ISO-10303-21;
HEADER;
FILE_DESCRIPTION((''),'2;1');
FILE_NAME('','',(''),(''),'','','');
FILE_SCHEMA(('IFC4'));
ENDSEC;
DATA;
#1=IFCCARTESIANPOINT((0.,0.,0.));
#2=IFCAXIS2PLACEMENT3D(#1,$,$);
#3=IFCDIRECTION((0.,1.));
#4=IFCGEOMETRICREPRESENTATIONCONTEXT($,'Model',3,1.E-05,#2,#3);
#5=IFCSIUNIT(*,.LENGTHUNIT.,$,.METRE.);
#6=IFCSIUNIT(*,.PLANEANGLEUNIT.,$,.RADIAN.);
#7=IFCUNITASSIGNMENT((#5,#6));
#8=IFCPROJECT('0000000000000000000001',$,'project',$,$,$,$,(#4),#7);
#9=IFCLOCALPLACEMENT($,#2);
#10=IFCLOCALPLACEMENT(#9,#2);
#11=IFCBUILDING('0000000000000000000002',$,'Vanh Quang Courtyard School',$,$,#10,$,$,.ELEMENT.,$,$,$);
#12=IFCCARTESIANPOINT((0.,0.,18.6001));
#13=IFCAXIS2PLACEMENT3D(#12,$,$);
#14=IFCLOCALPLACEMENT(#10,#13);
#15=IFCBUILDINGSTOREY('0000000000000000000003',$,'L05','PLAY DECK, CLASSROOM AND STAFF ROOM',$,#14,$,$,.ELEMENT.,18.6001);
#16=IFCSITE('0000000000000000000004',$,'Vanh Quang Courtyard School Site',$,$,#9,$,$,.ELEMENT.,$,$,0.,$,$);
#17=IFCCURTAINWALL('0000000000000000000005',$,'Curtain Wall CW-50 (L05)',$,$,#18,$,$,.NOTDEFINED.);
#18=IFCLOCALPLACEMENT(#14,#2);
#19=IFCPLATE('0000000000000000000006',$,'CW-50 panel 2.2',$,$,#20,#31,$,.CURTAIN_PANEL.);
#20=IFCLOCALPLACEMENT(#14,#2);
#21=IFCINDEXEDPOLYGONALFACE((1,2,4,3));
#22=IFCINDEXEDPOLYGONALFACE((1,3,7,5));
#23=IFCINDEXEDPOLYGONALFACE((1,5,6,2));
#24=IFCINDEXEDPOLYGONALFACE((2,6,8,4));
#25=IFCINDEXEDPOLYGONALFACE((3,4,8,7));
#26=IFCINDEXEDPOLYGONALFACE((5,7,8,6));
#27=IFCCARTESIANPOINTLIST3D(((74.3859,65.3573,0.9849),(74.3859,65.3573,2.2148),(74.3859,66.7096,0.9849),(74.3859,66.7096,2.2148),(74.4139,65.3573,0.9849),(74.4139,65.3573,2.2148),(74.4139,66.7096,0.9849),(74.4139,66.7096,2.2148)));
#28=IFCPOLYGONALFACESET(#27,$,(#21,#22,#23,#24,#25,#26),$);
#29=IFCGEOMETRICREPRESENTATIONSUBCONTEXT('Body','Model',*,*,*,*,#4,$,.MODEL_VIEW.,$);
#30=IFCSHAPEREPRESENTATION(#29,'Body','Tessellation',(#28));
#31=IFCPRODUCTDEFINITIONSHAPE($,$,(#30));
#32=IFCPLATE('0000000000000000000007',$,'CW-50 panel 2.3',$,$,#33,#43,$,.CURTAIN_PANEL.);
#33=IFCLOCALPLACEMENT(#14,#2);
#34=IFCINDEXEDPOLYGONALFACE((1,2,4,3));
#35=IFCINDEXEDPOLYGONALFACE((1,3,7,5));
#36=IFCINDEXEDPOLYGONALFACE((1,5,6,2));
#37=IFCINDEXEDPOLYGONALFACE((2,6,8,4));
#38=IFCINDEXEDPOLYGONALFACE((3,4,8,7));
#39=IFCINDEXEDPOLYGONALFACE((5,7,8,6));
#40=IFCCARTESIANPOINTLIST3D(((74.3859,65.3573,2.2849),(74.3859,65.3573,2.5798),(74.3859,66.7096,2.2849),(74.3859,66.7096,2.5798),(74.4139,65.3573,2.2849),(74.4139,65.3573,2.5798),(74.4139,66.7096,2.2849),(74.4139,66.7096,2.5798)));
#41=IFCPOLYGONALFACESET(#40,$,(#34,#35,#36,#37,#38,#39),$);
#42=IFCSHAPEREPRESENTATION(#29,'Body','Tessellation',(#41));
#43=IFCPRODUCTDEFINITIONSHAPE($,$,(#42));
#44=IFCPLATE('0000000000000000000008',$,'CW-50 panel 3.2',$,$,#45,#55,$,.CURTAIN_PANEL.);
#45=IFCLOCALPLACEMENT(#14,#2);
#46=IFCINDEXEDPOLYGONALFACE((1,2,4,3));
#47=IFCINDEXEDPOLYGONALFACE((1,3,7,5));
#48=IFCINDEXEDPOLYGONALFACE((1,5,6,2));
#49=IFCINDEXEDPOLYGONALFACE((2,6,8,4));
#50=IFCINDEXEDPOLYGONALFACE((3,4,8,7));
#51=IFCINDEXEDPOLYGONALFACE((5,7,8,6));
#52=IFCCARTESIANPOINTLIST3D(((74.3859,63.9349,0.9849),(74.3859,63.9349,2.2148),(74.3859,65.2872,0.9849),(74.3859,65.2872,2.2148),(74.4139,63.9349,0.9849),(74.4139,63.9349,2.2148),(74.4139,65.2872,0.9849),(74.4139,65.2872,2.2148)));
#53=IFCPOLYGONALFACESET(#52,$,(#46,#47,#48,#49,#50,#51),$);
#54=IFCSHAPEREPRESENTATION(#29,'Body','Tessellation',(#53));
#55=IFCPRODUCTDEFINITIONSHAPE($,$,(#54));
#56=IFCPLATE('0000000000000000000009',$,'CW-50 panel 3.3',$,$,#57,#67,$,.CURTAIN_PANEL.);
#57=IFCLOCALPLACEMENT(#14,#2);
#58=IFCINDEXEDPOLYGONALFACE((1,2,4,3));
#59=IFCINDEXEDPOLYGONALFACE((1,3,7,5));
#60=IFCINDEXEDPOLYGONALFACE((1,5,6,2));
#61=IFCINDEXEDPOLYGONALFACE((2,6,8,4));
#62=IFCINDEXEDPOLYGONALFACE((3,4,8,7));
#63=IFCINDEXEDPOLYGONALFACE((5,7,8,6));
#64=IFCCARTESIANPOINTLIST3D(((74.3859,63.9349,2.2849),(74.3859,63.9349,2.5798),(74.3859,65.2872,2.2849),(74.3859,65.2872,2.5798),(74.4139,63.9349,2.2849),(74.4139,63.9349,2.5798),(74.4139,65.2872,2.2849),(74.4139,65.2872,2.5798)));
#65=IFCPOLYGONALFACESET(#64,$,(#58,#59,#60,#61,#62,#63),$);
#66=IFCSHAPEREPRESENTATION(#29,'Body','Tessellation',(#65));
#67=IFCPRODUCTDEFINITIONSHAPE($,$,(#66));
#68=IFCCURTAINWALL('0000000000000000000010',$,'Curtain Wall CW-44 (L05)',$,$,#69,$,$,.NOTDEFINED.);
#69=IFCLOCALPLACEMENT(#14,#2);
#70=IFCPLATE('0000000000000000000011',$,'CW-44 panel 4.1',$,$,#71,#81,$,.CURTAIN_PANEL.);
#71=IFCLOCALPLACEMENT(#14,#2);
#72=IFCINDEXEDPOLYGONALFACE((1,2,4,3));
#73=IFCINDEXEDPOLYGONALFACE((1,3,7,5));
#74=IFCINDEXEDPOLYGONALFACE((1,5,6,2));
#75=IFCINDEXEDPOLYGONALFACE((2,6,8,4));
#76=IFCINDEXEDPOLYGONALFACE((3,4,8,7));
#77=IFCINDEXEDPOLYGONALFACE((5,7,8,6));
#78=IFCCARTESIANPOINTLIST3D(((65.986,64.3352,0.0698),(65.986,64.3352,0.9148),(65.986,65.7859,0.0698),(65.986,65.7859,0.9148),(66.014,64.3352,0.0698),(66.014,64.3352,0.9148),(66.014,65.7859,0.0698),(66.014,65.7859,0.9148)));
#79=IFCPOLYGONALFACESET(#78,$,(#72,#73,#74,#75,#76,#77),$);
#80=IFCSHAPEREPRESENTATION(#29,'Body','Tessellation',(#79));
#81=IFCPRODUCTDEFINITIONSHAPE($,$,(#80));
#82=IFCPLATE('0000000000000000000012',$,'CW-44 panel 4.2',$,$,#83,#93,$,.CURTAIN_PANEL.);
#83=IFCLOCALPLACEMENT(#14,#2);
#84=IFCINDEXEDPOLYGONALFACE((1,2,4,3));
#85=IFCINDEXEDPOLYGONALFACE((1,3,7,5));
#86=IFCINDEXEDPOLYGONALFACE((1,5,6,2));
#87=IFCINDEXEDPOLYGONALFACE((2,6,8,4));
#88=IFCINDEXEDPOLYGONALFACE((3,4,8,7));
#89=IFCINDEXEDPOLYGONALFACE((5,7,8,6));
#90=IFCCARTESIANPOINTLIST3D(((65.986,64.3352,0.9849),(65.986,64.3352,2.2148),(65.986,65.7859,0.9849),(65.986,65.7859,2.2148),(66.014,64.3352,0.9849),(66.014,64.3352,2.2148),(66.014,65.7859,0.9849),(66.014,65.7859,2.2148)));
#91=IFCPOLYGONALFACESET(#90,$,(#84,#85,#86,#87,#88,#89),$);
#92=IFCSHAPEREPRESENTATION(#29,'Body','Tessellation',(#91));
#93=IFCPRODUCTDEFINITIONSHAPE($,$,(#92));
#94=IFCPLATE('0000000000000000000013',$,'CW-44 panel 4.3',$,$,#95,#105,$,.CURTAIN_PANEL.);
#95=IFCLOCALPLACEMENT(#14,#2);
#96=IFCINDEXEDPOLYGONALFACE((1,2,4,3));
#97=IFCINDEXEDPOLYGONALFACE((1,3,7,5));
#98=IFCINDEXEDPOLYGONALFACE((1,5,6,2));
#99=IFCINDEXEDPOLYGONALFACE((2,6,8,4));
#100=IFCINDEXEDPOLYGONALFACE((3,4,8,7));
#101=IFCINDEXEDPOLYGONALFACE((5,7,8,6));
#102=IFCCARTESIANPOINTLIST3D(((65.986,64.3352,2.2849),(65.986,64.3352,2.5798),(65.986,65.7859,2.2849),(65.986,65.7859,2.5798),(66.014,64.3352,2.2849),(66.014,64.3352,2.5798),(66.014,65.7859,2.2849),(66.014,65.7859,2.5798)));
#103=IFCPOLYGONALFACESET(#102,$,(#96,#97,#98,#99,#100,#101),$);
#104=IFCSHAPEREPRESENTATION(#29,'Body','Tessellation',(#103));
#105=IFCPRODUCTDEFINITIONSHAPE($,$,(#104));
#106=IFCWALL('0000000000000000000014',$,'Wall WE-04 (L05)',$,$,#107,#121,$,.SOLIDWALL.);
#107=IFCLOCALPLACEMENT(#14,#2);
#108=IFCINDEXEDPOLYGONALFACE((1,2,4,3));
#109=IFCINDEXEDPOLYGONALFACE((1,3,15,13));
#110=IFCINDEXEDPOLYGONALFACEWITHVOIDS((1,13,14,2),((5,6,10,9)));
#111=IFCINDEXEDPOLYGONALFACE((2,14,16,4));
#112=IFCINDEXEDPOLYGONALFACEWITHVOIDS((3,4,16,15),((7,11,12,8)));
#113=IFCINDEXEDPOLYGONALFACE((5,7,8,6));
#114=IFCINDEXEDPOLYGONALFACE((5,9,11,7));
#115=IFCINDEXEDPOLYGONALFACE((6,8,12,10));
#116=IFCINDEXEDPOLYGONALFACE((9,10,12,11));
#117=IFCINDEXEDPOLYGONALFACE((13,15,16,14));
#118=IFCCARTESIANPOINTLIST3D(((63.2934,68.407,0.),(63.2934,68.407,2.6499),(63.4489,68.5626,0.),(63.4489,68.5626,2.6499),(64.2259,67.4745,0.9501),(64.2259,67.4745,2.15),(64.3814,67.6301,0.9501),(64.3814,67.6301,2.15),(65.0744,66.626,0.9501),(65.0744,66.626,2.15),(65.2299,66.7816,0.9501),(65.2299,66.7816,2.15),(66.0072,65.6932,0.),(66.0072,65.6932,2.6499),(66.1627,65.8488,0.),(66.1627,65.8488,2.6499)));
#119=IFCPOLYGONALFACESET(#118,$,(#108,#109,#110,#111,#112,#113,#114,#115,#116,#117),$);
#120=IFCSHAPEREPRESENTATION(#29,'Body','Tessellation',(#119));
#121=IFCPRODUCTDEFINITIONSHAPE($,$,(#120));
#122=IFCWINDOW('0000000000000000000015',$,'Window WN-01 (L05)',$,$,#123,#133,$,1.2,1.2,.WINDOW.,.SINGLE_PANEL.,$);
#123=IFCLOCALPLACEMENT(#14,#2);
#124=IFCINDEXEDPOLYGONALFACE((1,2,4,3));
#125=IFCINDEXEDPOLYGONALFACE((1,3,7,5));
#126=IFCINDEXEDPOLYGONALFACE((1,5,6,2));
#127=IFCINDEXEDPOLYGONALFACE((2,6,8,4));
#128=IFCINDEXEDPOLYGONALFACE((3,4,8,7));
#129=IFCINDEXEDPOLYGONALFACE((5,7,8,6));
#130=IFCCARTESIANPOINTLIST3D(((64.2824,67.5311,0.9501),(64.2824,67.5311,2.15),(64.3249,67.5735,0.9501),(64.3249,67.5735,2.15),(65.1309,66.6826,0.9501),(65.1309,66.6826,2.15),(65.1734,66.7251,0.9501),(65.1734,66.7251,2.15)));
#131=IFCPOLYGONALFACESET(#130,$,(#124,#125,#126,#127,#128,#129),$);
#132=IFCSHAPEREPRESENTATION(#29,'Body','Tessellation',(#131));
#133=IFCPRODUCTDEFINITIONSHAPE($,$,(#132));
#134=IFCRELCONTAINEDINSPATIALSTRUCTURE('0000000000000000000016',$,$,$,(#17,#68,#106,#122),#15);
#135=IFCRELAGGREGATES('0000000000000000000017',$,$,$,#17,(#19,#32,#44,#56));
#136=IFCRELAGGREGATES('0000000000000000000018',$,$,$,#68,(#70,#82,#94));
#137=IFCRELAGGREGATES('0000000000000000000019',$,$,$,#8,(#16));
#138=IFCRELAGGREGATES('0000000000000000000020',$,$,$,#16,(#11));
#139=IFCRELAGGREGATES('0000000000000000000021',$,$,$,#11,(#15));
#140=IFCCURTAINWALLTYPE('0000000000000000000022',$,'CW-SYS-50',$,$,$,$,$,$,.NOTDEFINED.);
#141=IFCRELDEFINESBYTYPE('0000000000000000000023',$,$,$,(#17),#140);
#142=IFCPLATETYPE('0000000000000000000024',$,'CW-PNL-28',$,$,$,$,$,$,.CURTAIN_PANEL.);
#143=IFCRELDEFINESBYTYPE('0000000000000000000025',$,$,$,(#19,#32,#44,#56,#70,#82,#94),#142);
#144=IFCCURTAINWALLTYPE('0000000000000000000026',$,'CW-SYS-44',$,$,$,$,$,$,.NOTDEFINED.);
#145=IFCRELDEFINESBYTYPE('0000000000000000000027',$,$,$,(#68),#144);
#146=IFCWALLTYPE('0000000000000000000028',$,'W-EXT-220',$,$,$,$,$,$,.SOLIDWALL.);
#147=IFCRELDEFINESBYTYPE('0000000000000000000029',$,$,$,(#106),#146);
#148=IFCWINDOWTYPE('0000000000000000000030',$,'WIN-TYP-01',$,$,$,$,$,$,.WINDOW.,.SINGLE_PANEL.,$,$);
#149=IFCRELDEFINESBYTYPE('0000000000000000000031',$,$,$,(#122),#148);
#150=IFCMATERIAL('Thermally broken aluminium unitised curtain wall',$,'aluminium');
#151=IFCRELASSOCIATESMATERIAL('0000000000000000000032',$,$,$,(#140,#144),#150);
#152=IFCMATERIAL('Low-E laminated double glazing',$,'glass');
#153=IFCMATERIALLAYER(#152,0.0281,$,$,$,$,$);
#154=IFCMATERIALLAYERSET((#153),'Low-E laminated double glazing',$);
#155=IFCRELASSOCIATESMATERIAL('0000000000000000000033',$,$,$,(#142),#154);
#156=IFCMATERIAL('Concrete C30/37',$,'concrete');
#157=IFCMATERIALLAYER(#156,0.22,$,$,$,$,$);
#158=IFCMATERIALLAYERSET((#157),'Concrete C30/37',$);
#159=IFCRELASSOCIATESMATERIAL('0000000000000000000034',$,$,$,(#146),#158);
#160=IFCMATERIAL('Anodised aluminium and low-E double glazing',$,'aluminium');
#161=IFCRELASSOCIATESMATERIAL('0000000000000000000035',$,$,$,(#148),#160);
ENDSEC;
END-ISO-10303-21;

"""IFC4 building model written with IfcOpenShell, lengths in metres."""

from ifc_helpers import new_model, si_unit, direction, frame, frame_2d, origin, origin_2d, place, context, subcontext, project, spatial, rectangle, extrude, material, layer, layer_set, type_object, element, fill, aggregate, save


model = new_model("IFC4")

# Units and contexts
model_context = context("Model", 3, precision=1e-05, world=origin(), true_north=direction((0.0, 1.0)))
body_context = subcontext(model_context, "Body", "Model", "MODEL_VIEW")
ifc_project = project(units=[si_unit("LENGTHUNIT", "METRE"), si_unit("PLANEANGLEUNIT", "RADIAN")], contexts=[model_context])

# Site, building, storey
site_placement = place(None, origin())
site = spatial("IfcSite", under=ifc_project, at=site_placement, Name="Vanh Quang Courtyard School Site", CompositionType="ELEMENT", RefElevation=0.0)
building_placement = place(site_placement, origin())
building = spatial("IfcBuilding", under=site, at=building_placement, Name="Vanh Quang Courtyard School", CompositionType="ELEMENT")
storey_placement = place(building_placement, frame((0.0, 0.0, 18.6001)))
storey = spatial("IfcBuildingStorey", under=building, at=storey_placement, Name="L05", Description="PLAY DECK, CLASSROOM AND STAFF ROOM", CompositionType="ELEMENT", Elevation=18.6001)

# Curtain wall
ifc_material_1 = material(Name="Thermally broken aluminium unitised curtain wall", Category="aluminium")
curtain_wall_type_1 = type_object("IfcCurtainWallType", Name="CW-SYS-50", PredefinedType="NOTDEFINED", material=ifc_material_1)
curtain_wall_1_placement = place(storey_placement, origin())
curtain_wall_1 = element("IfcCurtainWall", 1, at=curtain_wall_1_placement, inside=storey, type_object=curtain_wall_type_1, Name="Curtain Wall CW-50 (L05)", PredefinedType="NOTDEFINED")

# Plates
ifc_material_2 = material(Name="Low-E laminated double glazing", Category="glass")
ifc_layer_1 = layer(ifc_material_2, 0.0281)
ifc_layer_set_1 = layer_set([ifc_layer_1], Name="Low-E laminated double glazing")
plate_type = type_object("IfcPlateType", Name="CW-PNL-28", PredefinedType="CURTAIN_PANEL", material=ifc_layer_set_1)
plate_1_placement = place(storey_placement, frame((74.3999, 66.0334, 0.9849), z_axis=(0.0, 0.0, 1.0), x_axis=(0.0, -1.0, 0.0)))
plate_1 = element("IfcPlate", 2, at=plate_1_placement, type_object=plate_type, Name="CW-50 panel 2.2", PredefinedType="CURTAIN_PANEL", context=body_context, shape_type="SweptSolid", body=[
    extrude(rectangle(XDim=1.3523, YDim=0.0281, at=origin_2d()), origin(), (0.0, 0.0, 1.0), 1.23),
])
plate_2_placement = place(storey_placement, frame((74.3999, 66.0334, 2.2849), z_axis=(0.0, 0.0, 1.0), x_axis=(0.0, -1.0, 0.0)))
plate_2 = element("IfcPlate", 3, at=plate_2_placement, type_object=plate_type, Name="CW-50 panel 2.3", PredefinedType="CURTAIN_PANEL", context=body_context, shape_type="SweptSolid", body=[
    extrude(rectangle(XDim=1.3523, YDim=0.0281, at=origin_2d()), origin(), (0.0, 0.0, 1.0), 0.2949),
])
plate_3_placement = place(storey_placement, frame((74.3999, 64.6111, 0.9849), z_axis=(0.0, 0.0, 1.0), x_axis=(0.0, -1.0, 0.0)))
plate_3 = element("IfcPlate", 4, at=plate_3_placement, type_object=plate_type, Name="CW-50 panel 3.2", PredefinedType="CURTAIN_PANEL", context=body_context, shape_type="SweptSolid", body=[
    extrude(rectangle(XDim=1.3523, YDim=0.0281, at=origin_2d()), origin(), (0.0, 0.0, 1.0), 1.23),
])
plate_4_placement = place(storey_placement, frame((74.3999, 64.6111, 2.2849), z_axis=(0.0, 0.0, 1.0), x_axis=(0.0, -1.0, 0.0)))
plate_4 = element("IfcPlate", 5, at=plate_4_placement, type_object=plate_type, Name="CW-50 panel 3.3", PredefinedType="CURTAIN_PANEL", context=body_context, shape_type="SweptSolid", body=[
    extrude(rectangle(XDim=1.3523, YDim=0.0281, at=origin_2d()), origin(), (0.0, 0.0, 1.0), 0.2949),
])
aggregate(curtain_wall_1, [plate_1, plate_2, plate_3, plate_4])

# Curtain wall, plates
curtain_wall_type_2 = type_object("IfcCurtainWallType", Name="CW-SYS-44", PredefinedType="NOTDEFINED", material=ifc_material_1)
curtain_wall_2_placement = place(storey_placement, origin())
curtain_wall_2 = element("IfcCurtainWall", 6, at=curtain_wall_2_placement, inside=storey, type_object=curtain_wall_type_2, Name="Curtain Wall CW-44 (L05)", PredefinedType="NOTDEFINED")
plate_5_placement = place(storey_placement, frame((66.0, 65.0605, 0.0698), z_axis=(0.0, 0.0, 1.0), x_axis=(0.0, 1.0, 0.0)))
plate_5 = element("IfcPlate", 7, at=plate_5_placement, type_object=plate_type, Name="CW-44 panel 4.1", PredefinedType="CURTAIN_PANEL", context=body_context, shape_type="SweptSolid", body=[
    extrude(rectangle(XDim=1.4507, YDim=0.0281, at=origin_2d()), origin(), (0.0, 0.0, 1.0), 0.845),
])
plate_6_placement = place(storey_placement, frame((66.0, 65.0605, 0.9849), z_axis=(0.0, 0.0, 1.0), x_axis=(0.0, 1.0, 0.0)))
plate_6 = element("IfcPlate", 8, at=plate_6_placement, type_object=plate_type, Name="CW-44 panel 4.2", PredefinedType="CURTAIN_PANEL", context=body_context, shape_type="SweptSolid", body=[
    extrude(rectangle(XDim=1.4507, YDim=0.0281, at=origin_2d()), origin(), (0.0, 0.0, 1.0), 1.23),
])
plate_7_placement = place(storey_placement, frame((66.0, 65.0605, 2.2849), z_axis=(0.0, 0.0, 1.0), x_axis=(0.0, 1.0, 0.0)))
plate_7 = element("IfcPlate", 9, at=plate_7_placement, type_object=plate_type, Name="CW-44 panel 4.3", PredefinedType="CURTAIN_PANEL", context=body_context, shape_type="SweptSolid", body=[
    extrude(rectangle(XDim=1.4507, YDim=0.0281, at=origin_2d()), origin(), (0.0, 0.0, 1.0), 0.2949),
])
aggregate(curtain_wall_2, [plate_5, plate_6, plate_7])

# Wall, opening, window
ifc_material_3 = material(Name="Concrete C30/37", Category="concrete")
ifc_layer_2 = layer(ifc_material_3, 0.22)
ifc_layer_set_2 = layer_set([ifc_layer_2], Name="Concrete C30/37")
wall_type = type_object("IfcWallType", Name="W-EXT-220", PredefinedType="SOLIDWALL", material=ifc_layer_set_2)
wall_placement = place(storey_placement, frame((66.085, 65.771, 0.0), z_axis=(0.0, 0.0, 1.0), x_axis=(-0.707107, 0.707107, 0.0)))
wall = element("IfcWall", 10, at=wall_placement, inside=storey, type_object=wall_type, Name="Wall WE-04 (L05)", PredefinedType="SOLIDWALL", context=body_context, shape_type="SweptSolid", body=[
    extrude(rectangle(XDim=3.8379, YDim=0.22, at=frame_2d((1.9189, 0.0))), origin(), (0.0, 0.0, 1.0), 2.6499),
])
opening_placement = place(wall_placement, frame((1.3191, 0.0, 0.95)))
opening = element("IfcOpeningElement", 11, at=opening_placement, cuts=wall, PredefinedType="OPENING", context=body_context, shape_type="SweptSolid", body=[
    extrude(rectangle(XDim=1.2, YDim=1.2, at=frame_2d((0.6001, 0.6001))), frame((0.0, 0.1201, 0.0), z_axis=(0.0, -1.0, 0.0), x_axis=(1.0, 0.0, 0.0)), (0.0, 0.0, 1.0), 0.24),
])
ifc_material_4 = material(Name="Anodised aluminium and low-E double glazing", Category="aluminium")
window_type = type_object("IfcWindowType", Name="WIN-TYP-01", PartitioningType="SINGLE_PANEL", PredefinedType="WINDOW", material=ifc_material_4)
window_placement = place(opening_placement, origin())
window = element("IfcWindow", 12, at=window_placement, inside=storey, type_object=window_type, Name="Window WN-01 (L05)", OverallHeight=1.2, OverallWidth=1.2, PartitioningType="SINGLE_PANEL", PredefinedType="WINDOW", context=body_context, shape_type="SweptSolid", body=[
    extrude(rectangle(XDim=1.2, YDim=1.2, at=frame_2d((0.6001, 0.6001))), frame((0.0, 0.03, 0.0), z_axis=(0.0, -1.0, 0.0), x_axis=(1.0, 0.0, 0.0)), (0.0, 0.0, 1.0), 0.0601),
])
fill(opening, window)

save(model, "model.ifc")
